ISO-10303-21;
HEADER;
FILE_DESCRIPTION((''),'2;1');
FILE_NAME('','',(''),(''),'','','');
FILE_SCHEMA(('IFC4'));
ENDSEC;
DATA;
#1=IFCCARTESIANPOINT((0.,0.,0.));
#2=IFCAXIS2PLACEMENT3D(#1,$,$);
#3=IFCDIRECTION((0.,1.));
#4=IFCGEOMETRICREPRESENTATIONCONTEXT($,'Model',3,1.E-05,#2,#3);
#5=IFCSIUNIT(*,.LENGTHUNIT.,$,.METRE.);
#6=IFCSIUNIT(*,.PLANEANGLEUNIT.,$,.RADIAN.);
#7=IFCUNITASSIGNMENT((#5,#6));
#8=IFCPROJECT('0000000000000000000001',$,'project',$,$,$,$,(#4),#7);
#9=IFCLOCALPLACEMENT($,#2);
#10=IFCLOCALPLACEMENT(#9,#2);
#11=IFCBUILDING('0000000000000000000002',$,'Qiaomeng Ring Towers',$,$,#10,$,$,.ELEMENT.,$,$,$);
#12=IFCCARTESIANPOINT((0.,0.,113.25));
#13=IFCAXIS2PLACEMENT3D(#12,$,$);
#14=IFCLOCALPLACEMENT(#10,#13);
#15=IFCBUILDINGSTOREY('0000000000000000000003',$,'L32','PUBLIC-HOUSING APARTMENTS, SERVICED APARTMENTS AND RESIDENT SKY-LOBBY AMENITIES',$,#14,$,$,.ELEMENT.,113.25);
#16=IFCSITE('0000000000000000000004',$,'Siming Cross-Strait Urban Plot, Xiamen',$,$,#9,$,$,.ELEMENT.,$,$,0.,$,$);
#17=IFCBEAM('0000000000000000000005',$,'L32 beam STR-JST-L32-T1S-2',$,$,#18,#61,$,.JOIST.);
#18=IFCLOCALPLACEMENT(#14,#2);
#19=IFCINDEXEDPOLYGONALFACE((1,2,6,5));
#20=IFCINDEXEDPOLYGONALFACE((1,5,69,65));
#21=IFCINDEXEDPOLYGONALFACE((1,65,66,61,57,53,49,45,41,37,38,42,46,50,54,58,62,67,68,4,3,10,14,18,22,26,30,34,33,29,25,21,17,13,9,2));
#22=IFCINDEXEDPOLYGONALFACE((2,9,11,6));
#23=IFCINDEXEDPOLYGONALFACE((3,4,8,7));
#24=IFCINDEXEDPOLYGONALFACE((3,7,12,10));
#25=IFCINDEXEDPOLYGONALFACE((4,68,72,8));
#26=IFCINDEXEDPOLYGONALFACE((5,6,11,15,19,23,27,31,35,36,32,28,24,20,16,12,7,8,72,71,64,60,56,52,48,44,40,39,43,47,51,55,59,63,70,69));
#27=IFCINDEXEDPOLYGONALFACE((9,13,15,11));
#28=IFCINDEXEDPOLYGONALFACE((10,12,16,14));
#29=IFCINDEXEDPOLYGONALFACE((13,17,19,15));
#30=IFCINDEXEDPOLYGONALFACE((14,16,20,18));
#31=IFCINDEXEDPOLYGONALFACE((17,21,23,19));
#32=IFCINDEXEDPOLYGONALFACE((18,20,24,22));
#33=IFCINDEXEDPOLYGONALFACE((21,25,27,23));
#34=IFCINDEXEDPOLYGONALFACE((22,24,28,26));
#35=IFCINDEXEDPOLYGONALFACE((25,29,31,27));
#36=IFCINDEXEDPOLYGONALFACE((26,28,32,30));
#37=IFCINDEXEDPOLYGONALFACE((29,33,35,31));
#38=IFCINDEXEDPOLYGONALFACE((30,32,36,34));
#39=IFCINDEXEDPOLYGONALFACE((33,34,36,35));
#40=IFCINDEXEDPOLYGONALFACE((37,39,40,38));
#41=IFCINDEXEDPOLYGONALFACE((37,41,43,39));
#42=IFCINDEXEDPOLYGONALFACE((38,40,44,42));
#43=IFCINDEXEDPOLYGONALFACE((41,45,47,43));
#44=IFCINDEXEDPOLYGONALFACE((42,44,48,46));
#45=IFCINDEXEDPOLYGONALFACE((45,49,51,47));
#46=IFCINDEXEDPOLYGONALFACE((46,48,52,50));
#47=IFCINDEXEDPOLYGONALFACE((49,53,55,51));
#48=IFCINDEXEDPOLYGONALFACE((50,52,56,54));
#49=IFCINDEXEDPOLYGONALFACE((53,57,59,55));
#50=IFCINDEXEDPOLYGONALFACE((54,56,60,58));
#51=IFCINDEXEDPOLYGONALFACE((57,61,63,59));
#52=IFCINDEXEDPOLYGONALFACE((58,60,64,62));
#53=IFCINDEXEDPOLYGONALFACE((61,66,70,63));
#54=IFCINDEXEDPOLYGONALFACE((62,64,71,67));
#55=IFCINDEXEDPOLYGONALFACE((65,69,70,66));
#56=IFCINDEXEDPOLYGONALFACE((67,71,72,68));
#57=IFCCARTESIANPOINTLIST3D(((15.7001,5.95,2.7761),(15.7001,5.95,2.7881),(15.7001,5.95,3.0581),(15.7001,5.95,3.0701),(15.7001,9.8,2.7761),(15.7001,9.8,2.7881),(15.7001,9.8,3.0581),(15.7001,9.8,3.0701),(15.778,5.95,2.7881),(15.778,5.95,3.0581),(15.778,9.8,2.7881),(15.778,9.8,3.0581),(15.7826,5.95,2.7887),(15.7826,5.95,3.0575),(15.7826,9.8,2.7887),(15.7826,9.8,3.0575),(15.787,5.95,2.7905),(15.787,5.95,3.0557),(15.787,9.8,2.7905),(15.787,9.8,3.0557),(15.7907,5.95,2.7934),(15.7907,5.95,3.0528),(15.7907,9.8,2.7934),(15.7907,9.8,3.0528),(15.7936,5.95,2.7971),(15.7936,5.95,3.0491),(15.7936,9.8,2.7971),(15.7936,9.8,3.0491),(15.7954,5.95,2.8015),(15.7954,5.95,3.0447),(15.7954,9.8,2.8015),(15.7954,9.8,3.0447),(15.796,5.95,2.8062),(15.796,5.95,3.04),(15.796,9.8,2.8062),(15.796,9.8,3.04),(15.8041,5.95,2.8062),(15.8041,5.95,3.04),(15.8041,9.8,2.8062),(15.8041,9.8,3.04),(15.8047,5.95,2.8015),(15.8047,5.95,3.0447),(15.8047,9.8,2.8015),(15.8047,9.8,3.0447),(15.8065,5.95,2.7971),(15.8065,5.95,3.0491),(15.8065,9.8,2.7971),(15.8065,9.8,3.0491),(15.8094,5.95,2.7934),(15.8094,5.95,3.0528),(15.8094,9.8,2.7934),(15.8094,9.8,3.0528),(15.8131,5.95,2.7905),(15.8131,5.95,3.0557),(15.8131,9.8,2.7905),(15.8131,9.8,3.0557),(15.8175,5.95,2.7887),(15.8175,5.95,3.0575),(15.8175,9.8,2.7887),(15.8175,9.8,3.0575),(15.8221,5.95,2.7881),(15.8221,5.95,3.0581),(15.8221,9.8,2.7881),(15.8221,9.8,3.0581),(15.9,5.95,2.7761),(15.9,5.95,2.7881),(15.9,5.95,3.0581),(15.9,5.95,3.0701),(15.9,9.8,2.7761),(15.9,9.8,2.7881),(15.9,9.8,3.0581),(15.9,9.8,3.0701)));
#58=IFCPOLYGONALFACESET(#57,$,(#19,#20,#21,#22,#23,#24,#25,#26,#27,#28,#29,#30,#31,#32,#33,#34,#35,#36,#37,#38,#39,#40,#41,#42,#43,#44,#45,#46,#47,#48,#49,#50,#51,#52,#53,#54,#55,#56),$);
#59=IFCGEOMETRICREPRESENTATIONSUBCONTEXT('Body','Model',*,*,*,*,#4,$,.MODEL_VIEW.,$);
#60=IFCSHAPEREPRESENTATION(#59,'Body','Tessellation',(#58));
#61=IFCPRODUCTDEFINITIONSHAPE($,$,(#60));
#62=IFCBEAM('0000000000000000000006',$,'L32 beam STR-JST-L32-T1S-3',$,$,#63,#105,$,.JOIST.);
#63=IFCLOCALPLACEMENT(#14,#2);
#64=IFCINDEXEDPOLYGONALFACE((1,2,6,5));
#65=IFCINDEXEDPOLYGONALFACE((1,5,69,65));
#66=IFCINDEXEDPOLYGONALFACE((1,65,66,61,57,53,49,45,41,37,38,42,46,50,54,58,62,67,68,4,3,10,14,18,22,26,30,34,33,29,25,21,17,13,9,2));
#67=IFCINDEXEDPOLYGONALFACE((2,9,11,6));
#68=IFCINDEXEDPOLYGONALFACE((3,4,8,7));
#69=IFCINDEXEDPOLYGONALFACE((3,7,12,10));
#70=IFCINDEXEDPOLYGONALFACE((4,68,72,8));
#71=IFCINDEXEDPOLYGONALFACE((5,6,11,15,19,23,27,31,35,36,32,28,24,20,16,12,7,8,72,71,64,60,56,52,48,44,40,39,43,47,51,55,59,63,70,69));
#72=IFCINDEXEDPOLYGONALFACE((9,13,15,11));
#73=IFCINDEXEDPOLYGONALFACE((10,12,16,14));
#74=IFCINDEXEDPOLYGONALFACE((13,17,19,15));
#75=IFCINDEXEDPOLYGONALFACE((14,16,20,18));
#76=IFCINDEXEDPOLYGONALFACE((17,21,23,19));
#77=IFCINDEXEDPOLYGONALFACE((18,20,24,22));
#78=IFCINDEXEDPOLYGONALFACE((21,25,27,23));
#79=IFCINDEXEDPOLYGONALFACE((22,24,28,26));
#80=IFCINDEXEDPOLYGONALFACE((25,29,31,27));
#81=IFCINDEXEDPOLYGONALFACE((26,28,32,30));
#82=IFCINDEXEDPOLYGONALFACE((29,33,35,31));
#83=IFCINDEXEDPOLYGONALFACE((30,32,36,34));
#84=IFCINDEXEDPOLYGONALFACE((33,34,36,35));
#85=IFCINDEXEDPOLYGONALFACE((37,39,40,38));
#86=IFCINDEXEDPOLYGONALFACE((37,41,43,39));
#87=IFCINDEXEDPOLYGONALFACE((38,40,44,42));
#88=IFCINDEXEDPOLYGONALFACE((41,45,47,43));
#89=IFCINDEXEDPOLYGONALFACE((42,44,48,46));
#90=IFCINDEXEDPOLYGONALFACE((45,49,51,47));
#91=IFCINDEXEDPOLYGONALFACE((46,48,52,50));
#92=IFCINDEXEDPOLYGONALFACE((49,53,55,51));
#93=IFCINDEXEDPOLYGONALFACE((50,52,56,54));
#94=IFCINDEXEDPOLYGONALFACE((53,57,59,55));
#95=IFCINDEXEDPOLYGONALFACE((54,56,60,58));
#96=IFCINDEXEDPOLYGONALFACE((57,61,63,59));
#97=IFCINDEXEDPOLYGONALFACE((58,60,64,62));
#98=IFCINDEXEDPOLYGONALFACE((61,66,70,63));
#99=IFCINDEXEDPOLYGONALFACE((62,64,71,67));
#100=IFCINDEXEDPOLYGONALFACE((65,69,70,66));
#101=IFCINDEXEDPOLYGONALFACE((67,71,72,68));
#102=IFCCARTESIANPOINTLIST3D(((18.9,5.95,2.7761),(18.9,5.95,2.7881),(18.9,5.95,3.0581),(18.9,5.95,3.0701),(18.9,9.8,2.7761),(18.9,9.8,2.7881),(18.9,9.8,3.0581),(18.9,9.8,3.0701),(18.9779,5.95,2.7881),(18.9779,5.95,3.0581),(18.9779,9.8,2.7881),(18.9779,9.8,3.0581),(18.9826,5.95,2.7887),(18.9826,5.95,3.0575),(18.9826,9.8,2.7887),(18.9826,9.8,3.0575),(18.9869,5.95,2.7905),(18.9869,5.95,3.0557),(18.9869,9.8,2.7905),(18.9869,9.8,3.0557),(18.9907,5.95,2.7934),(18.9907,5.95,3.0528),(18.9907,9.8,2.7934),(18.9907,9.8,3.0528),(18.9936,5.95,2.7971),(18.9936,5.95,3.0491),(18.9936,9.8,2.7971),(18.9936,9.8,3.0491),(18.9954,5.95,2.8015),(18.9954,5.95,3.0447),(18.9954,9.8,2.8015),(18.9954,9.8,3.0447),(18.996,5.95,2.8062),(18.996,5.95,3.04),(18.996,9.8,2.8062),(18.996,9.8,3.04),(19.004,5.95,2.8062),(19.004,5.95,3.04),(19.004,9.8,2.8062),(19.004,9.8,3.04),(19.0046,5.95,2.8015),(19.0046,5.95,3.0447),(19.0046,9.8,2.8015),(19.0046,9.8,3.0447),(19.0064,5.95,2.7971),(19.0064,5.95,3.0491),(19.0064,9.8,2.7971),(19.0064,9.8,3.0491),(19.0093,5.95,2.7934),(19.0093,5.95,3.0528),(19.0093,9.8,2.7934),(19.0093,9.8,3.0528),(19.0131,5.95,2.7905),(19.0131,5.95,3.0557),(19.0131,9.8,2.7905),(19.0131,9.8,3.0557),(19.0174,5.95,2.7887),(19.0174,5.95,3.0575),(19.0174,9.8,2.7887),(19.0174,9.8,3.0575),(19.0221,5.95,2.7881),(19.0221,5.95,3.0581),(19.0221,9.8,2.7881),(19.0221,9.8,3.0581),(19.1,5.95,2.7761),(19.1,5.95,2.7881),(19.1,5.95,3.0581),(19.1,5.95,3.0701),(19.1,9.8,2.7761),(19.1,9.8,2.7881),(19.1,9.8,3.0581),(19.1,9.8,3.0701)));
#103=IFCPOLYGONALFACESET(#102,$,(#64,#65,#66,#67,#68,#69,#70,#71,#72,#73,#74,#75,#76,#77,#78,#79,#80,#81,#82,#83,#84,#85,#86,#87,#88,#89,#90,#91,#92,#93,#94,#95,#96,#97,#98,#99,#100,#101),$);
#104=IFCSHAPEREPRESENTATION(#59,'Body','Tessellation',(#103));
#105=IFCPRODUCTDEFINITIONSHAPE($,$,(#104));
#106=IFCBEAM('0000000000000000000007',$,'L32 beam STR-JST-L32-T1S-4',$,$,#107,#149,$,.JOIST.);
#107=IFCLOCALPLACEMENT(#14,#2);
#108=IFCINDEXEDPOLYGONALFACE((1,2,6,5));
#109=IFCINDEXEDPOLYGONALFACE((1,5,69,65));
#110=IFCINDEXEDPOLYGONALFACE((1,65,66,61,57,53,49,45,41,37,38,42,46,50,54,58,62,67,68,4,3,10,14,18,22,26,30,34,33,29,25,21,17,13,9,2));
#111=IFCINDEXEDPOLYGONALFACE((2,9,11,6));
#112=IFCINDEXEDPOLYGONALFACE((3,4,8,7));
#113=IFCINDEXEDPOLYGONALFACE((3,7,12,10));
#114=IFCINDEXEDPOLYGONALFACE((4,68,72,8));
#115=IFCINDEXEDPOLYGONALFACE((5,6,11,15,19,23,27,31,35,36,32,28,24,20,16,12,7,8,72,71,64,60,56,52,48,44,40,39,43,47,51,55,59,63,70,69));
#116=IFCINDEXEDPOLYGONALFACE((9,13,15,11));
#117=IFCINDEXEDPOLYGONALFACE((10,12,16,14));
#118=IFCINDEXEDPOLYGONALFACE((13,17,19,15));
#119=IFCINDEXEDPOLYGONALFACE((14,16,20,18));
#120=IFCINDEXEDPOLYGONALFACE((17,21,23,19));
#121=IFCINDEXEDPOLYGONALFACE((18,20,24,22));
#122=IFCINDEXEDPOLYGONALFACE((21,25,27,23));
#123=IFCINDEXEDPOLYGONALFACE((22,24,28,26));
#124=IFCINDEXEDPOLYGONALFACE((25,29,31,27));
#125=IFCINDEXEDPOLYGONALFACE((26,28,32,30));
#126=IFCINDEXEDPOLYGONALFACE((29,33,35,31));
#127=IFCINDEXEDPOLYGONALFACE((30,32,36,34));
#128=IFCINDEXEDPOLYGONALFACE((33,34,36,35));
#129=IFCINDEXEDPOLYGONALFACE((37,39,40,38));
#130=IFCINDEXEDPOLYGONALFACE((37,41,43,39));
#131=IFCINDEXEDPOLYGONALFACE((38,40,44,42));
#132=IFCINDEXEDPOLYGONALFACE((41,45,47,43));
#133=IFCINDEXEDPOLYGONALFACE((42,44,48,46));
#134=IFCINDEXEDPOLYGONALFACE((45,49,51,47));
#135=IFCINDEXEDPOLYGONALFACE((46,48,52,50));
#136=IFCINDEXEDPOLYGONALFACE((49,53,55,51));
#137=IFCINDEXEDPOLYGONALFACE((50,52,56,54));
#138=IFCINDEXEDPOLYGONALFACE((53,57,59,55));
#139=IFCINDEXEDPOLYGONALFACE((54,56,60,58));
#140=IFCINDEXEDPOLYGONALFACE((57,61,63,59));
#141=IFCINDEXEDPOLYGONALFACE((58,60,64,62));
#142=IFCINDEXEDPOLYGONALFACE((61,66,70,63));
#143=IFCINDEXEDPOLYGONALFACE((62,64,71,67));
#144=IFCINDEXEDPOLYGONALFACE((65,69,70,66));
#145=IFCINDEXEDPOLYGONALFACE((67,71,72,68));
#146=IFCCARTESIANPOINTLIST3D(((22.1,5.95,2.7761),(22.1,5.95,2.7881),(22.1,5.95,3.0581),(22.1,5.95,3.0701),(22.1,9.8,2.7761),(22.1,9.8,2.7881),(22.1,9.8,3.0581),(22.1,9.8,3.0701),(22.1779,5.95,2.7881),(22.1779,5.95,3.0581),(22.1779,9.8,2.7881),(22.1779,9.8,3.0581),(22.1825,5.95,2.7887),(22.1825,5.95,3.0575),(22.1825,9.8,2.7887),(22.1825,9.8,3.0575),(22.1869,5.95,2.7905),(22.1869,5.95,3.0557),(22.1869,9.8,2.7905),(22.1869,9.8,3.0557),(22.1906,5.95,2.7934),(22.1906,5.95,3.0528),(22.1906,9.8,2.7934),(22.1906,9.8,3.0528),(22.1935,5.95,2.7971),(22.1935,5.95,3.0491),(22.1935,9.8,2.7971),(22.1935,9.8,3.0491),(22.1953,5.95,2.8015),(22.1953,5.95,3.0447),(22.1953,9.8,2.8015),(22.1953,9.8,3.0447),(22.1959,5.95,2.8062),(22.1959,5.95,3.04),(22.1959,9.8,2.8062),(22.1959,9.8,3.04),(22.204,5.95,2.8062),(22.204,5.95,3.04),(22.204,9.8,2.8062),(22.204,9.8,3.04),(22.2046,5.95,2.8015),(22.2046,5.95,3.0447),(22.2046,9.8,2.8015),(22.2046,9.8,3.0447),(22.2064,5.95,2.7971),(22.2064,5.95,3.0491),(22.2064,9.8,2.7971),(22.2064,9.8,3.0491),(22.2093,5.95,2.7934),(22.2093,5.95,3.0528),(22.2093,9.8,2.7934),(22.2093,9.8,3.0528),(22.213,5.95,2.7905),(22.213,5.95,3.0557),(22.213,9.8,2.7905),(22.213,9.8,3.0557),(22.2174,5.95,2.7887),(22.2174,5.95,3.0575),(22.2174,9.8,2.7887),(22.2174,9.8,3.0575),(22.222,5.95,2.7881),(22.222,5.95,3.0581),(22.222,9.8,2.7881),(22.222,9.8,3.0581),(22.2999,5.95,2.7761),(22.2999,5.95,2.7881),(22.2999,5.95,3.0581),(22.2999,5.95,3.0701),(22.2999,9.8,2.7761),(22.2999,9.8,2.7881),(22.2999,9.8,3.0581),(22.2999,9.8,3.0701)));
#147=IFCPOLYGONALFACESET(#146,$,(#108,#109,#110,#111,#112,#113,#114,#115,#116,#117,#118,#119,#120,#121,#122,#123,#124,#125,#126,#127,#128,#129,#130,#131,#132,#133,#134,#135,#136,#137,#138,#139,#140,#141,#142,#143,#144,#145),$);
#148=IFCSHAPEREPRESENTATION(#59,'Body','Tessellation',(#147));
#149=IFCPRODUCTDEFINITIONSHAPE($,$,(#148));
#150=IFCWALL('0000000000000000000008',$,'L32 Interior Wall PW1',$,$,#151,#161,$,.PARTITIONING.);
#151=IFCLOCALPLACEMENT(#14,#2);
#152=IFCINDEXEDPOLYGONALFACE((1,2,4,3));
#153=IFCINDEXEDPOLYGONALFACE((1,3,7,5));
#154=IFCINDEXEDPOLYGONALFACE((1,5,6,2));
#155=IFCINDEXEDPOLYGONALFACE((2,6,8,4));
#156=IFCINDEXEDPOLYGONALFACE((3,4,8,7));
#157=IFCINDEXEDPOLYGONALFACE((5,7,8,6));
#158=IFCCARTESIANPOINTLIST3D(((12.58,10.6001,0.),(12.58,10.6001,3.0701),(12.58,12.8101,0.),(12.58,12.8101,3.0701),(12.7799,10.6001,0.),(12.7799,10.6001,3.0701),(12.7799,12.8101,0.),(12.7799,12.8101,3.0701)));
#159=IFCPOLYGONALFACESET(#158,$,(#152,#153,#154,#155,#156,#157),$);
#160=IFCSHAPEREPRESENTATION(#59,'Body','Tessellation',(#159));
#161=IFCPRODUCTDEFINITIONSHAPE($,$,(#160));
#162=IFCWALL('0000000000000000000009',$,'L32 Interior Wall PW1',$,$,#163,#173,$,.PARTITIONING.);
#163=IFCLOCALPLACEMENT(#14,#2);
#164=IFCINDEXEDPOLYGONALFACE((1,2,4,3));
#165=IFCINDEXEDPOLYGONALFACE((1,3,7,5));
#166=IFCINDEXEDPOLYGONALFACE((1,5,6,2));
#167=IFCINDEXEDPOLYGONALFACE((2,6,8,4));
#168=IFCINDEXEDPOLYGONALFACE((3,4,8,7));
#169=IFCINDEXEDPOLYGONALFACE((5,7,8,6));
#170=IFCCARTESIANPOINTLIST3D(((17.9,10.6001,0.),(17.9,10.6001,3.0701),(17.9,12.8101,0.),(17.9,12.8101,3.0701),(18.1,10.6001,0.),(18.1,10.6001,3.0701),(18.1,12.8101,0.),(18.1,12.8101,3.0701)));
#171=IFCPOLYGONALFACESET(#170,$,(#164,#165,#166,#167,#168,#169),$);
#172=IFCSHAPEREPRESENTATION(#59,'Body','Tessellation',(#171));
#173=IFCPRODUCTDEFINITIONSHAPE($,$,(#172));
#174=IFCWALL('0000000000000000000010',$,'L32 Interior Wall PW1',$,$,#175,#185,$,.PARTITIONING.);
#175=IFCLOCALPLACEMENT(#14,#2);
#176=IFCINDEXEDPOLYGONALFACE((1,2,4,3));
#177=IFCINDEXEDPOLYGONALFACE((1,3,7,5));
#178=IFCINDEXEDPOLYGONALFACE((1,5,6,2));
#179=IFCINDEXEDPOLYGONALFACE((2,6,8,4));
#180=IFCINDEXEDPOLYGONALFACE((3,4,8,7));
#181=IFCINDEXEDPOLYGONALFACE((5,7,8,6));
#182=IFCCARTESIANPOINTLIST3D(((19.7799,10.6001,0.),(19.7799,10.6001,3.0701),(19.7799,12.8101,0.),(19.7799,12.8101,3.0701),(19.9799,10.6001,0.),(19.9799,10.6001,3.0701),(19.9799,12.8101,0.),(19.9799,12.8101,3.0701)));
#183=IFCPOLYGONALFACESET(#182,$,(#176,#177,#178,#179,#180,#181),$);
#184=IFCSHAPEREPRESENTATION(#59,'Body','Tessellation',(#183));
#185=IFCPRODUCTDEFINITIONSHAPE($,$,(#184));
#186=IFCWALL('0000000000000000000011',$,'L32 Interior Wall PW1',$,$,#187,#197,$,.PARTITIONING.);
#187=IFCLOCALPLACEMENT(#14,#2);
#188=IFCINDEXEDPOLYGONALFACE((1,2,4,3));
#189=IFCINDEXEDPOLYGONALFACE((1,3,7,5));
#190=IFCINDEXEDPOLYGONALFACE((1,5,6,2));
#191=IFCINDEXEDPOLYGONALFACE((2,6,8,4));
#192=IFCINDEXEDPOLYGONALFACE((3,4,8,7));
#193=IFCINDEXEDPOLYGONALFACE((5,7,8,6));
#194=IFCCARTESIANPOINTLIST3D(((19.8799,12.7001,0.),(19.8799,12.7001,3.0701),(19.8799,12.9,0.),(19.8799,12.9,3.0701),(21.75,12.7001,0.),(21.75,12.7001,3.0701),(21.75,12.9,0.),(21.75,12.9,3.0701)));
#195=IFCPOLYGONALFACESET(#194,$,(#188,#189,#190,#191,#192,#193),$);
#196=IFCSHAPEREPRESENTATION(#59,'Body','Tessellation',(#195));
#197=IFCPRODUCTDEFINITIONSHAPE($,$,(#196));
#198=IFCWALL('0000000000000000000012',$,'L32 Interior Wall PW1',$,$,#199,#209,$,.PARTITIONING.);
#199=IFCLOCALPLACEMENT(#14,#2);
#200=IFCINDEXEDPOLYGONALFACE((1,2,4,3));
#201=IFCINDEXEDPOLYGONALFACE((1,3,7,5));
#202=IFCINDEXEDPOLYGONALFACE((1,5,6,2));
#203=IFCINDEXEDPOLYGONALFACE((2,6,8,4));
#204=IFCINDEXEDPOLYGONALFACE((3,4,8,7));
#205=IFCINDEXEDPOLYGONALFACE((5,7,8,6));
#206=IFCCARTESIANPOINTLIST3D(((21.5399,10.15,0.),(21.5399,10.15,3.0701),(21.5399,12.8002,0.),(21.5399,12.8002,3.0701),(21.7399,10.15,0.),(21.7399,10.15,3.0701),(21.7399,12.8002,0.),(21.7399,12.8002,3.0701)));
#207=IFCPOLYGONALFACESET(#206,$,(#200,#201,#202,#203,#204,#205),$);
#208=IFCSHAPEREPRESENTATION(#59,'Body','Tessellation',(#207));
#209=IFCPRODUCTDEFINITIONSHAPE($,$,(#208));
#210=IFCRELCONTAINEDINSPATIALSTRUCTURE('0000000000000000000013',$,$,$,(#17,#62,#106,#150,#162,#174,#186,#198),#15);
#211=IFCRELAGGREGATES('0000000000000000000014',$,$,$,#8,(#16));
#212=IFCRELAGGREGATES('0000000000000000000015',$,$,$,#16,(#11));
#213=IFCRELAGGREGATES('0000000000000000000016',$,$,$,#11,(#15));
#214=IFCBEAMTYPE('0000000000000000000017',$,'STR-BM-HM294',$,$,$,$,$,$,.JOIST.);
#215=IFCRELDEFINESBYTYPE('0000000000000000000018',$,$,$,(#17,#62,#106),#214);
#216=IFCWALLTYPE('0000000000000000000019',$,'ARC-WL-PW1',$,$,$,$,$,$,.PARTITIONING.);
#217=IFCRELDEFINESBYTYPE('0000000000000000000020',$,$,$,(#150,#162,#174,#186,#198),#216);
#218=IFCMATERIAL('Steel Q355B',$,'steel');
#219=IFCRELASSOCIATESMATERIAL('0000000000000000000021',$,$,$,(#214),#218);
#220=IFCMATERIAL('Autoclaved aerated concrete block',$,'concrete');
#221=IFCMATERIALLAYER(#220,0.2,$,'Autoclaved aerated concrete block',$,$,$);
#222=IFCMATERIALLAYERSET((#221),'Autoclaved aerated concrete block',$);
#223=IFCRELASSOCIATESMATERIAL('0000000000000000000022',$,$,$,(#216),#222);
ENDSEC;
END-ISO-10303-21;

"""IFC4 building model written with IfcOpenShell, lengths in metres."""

from ifc_helpers import new_model, si_unit, direction, frame, frame_2d, origin, origin_2d, place, context, subcontext, project, spatial, rectangle, i_section, extrude, source, transform, mapped, material, layer, layer_set, material_profile, profile_set, type_object, element, save


model = new_model("IFC4")

# Units and contexts
model_context = context("Model", 3, precision=1e-05, world=origin(), true_north=direction((0.0, 1.0)))
body_context = subcontext(model_context, "Body", "Model", "MODEL_VIEW")
ifc_project = project(units=[si_unit("LENGTHUNIT", "METRE"), si_unit("PLANEANGLEUNIT", "RADIAN")], contexts=[model_context])

# Site, building, storey
site_placement = place(None, origin())
site = spatial("IfcSite", under=ifc_project, at=site_placement, Name="Siming Cross-Strait Urban Plot, Xiamen", CompositionType="ELEMENT", RefElevation=0.0)
building_placement = place(site_placement, origin())
building = spatial("IfcBuilding", under=site, at=building_placement, Name="Qiaomeng Ring Towers", CompositionType="ELEMENT")
storey_placement = place(building_placement, frame((0.0, 0.0, 113.25)))
storey = spatial("IfcBuildingStorey", under=building, at=storey_placement, Name="L32", Description="PUBLIC-HOUSING APARTMENTS, SERVICED APARTMENTS AND RESIDENT SKY-LOBBY AMENITIES", CompositionType="ELEMENT", Elevation=113.25)

# Beams
ifc_material_1 = material(Name="Steel Q355B", Category="steel")
ifc_material_profile = material_profile(ifc_material_1, i_section(OverallWidth=0.2, OverallDepth=0.2939, WebThickness=0.0081, FlangeThickness=0.012, FilletRadius=0.0181, at=origin_2d()), Name="HM 294x200x8x12")
ifc_profile_set = profile_set([ifc_material_profile], Name="Steel Q355B")
beam_type = type_object("IfcBeamType", Name="STR-BM-HM294", PredefinedType="JOIST", material=ifc_profile_set)
shared_shape_1 = source(origin(), body_context, "Body", "SweptSolid", [
    extrude(i_section(OverallWidth=0.2, OverallDepth=0.2939, WebThickness=0.0081, FlangeThickness=0.012, FilletRadius=0.0181, at=origin_2d()), origin(), (0.0, 0.0, 1.0), 3.8501),
])
for number, where, z_axis, x_axis, name in (
    (1, (15.8, 5.95, 2.9231), (0.0, 1.0, 0.0), (-1.0, 0.0, 0.0), "L32 beam STR-JST-L32-T1S-2"),
    (2, (19.0, 5.95, 2.9231), (0.0, 1.0, 0.0), (-1.0, 0.0, 0.0), "L32 beam STR-JST-L32-T1S-3"),
    (3, (22.2, 5.95, 2.9231), (0.0, 1.0, 0.0), (-1.0, 0.0, 0.0), "L32 beam STR-JST-L32-T1S-4"),
):
    element("IfcBeam", number, at=place(storey_placement, frame(where, z_axis=z_axis, x_axis=x_axis)), inside=storey, type_object=beam_type, Name=name, PredefinedType="JOIST", context=body_context, shape_type="MappedRepresentation", body=[
        mapped(shared_shape_1, transform((0.0, 0.0, 0.0), x_axis=(1.0, 0.0, 0.0), y_axis=(0.0, 1.0, 0.0), z_axis=(0.0, 0.0, 1.0), scale=1.0)),
    ])

# Walls
ifc_material_2 = material(Name="Autoclaved aerated concrete block", Category="concrete")
ifc_layer_1 = layer(ifc_material_2, 0.2, Name="Autoclaved aerated concrete block")
ifc_layer_set_1 = layer_set([ifc_layer_1], Name="Autoclaved aerated concrete block")
wall_type_1 = type_object("IfcWallType", Name="ARC-WL-PW1", PredefinedType="PARTITIONING", material=ifc_layer_set_1)
for number, where, z_axis, x_axis, name in (
    (4, (12.6799, 10.6001, 0.0), (0.0, 0.0, 1.0), (0.0, 1.0, 0.0), "L32 Interior Wall PW1"),
    (5, (18.0, 10.6001, 0.0), (0.0, 0.0, 1.0), (0.0, 1.0, 0.0), "L32 Interior Wall PW1"),
    (6, (19.8799, 10.6001, 0.0), (0.0, 0.0, 1.0), (0.0, 1.0, 0.0), "L32 Interior Wall PW1"),
):
    element("IfcWall", number, at=place(storey_placement, frame(where, z_axis=z_axis, x_axis=x_axis)), inside=storey, type_object=wall_type_1, Name=name, PredefinedType="PARTITIONING", context=body_context, shape_type="SweptSolid", body=[
        extrude(rectangle(XDim=2.21, YDim=0.2, at=frame_2d((1.105, 0.0))), origin(), (0.0, 0.0, 1.0), 3.0701),
    ])
wall_1_placement = place(storey_placement, frame((19.8799, 12.8, 0.0), z_axis=(0.0, 0.0, 1.0), x_axis=(1.0, 0.0, 0.0)))
element("IfcWall", 7, at=wall_1_placement, inside=storey, type_object=wall_type_1, Name="L32 Interior Wall PW1", PredefinedType="PARTITIONING", context=body_context, shape_type="SweptSolid", body=[
    extrude(rectangle(XDim=1.8701, YDim=0.2, at=frame_2d((0.9351, 0.0))), origin(), (0.0, 0.0, 1.0), 3.0701),
])
wall_2_placement = place(storey_placement, frame((21.6399, 10.1499, 0.0), z_axis=(0.0, 0.0, 1.0), x_axis=(0.0, 1.0, 0.0)))
element("IfcWall", 8, at=wall_2_placement, inside=storey, type_object=wall_type_1, Name="L32 Interior Wall PW1", PredefinedType="PARTITIONING", context=body_context, shape_type="SweptSolid", body=[
    extrude(rectangle(XDim=2.6501, YDim=0.2, at=frame_2d((1.3252, 0.0))), origin(), (0.0, 0.0, 1.0), 3.0701),
])

save(model, "model.ifc")
